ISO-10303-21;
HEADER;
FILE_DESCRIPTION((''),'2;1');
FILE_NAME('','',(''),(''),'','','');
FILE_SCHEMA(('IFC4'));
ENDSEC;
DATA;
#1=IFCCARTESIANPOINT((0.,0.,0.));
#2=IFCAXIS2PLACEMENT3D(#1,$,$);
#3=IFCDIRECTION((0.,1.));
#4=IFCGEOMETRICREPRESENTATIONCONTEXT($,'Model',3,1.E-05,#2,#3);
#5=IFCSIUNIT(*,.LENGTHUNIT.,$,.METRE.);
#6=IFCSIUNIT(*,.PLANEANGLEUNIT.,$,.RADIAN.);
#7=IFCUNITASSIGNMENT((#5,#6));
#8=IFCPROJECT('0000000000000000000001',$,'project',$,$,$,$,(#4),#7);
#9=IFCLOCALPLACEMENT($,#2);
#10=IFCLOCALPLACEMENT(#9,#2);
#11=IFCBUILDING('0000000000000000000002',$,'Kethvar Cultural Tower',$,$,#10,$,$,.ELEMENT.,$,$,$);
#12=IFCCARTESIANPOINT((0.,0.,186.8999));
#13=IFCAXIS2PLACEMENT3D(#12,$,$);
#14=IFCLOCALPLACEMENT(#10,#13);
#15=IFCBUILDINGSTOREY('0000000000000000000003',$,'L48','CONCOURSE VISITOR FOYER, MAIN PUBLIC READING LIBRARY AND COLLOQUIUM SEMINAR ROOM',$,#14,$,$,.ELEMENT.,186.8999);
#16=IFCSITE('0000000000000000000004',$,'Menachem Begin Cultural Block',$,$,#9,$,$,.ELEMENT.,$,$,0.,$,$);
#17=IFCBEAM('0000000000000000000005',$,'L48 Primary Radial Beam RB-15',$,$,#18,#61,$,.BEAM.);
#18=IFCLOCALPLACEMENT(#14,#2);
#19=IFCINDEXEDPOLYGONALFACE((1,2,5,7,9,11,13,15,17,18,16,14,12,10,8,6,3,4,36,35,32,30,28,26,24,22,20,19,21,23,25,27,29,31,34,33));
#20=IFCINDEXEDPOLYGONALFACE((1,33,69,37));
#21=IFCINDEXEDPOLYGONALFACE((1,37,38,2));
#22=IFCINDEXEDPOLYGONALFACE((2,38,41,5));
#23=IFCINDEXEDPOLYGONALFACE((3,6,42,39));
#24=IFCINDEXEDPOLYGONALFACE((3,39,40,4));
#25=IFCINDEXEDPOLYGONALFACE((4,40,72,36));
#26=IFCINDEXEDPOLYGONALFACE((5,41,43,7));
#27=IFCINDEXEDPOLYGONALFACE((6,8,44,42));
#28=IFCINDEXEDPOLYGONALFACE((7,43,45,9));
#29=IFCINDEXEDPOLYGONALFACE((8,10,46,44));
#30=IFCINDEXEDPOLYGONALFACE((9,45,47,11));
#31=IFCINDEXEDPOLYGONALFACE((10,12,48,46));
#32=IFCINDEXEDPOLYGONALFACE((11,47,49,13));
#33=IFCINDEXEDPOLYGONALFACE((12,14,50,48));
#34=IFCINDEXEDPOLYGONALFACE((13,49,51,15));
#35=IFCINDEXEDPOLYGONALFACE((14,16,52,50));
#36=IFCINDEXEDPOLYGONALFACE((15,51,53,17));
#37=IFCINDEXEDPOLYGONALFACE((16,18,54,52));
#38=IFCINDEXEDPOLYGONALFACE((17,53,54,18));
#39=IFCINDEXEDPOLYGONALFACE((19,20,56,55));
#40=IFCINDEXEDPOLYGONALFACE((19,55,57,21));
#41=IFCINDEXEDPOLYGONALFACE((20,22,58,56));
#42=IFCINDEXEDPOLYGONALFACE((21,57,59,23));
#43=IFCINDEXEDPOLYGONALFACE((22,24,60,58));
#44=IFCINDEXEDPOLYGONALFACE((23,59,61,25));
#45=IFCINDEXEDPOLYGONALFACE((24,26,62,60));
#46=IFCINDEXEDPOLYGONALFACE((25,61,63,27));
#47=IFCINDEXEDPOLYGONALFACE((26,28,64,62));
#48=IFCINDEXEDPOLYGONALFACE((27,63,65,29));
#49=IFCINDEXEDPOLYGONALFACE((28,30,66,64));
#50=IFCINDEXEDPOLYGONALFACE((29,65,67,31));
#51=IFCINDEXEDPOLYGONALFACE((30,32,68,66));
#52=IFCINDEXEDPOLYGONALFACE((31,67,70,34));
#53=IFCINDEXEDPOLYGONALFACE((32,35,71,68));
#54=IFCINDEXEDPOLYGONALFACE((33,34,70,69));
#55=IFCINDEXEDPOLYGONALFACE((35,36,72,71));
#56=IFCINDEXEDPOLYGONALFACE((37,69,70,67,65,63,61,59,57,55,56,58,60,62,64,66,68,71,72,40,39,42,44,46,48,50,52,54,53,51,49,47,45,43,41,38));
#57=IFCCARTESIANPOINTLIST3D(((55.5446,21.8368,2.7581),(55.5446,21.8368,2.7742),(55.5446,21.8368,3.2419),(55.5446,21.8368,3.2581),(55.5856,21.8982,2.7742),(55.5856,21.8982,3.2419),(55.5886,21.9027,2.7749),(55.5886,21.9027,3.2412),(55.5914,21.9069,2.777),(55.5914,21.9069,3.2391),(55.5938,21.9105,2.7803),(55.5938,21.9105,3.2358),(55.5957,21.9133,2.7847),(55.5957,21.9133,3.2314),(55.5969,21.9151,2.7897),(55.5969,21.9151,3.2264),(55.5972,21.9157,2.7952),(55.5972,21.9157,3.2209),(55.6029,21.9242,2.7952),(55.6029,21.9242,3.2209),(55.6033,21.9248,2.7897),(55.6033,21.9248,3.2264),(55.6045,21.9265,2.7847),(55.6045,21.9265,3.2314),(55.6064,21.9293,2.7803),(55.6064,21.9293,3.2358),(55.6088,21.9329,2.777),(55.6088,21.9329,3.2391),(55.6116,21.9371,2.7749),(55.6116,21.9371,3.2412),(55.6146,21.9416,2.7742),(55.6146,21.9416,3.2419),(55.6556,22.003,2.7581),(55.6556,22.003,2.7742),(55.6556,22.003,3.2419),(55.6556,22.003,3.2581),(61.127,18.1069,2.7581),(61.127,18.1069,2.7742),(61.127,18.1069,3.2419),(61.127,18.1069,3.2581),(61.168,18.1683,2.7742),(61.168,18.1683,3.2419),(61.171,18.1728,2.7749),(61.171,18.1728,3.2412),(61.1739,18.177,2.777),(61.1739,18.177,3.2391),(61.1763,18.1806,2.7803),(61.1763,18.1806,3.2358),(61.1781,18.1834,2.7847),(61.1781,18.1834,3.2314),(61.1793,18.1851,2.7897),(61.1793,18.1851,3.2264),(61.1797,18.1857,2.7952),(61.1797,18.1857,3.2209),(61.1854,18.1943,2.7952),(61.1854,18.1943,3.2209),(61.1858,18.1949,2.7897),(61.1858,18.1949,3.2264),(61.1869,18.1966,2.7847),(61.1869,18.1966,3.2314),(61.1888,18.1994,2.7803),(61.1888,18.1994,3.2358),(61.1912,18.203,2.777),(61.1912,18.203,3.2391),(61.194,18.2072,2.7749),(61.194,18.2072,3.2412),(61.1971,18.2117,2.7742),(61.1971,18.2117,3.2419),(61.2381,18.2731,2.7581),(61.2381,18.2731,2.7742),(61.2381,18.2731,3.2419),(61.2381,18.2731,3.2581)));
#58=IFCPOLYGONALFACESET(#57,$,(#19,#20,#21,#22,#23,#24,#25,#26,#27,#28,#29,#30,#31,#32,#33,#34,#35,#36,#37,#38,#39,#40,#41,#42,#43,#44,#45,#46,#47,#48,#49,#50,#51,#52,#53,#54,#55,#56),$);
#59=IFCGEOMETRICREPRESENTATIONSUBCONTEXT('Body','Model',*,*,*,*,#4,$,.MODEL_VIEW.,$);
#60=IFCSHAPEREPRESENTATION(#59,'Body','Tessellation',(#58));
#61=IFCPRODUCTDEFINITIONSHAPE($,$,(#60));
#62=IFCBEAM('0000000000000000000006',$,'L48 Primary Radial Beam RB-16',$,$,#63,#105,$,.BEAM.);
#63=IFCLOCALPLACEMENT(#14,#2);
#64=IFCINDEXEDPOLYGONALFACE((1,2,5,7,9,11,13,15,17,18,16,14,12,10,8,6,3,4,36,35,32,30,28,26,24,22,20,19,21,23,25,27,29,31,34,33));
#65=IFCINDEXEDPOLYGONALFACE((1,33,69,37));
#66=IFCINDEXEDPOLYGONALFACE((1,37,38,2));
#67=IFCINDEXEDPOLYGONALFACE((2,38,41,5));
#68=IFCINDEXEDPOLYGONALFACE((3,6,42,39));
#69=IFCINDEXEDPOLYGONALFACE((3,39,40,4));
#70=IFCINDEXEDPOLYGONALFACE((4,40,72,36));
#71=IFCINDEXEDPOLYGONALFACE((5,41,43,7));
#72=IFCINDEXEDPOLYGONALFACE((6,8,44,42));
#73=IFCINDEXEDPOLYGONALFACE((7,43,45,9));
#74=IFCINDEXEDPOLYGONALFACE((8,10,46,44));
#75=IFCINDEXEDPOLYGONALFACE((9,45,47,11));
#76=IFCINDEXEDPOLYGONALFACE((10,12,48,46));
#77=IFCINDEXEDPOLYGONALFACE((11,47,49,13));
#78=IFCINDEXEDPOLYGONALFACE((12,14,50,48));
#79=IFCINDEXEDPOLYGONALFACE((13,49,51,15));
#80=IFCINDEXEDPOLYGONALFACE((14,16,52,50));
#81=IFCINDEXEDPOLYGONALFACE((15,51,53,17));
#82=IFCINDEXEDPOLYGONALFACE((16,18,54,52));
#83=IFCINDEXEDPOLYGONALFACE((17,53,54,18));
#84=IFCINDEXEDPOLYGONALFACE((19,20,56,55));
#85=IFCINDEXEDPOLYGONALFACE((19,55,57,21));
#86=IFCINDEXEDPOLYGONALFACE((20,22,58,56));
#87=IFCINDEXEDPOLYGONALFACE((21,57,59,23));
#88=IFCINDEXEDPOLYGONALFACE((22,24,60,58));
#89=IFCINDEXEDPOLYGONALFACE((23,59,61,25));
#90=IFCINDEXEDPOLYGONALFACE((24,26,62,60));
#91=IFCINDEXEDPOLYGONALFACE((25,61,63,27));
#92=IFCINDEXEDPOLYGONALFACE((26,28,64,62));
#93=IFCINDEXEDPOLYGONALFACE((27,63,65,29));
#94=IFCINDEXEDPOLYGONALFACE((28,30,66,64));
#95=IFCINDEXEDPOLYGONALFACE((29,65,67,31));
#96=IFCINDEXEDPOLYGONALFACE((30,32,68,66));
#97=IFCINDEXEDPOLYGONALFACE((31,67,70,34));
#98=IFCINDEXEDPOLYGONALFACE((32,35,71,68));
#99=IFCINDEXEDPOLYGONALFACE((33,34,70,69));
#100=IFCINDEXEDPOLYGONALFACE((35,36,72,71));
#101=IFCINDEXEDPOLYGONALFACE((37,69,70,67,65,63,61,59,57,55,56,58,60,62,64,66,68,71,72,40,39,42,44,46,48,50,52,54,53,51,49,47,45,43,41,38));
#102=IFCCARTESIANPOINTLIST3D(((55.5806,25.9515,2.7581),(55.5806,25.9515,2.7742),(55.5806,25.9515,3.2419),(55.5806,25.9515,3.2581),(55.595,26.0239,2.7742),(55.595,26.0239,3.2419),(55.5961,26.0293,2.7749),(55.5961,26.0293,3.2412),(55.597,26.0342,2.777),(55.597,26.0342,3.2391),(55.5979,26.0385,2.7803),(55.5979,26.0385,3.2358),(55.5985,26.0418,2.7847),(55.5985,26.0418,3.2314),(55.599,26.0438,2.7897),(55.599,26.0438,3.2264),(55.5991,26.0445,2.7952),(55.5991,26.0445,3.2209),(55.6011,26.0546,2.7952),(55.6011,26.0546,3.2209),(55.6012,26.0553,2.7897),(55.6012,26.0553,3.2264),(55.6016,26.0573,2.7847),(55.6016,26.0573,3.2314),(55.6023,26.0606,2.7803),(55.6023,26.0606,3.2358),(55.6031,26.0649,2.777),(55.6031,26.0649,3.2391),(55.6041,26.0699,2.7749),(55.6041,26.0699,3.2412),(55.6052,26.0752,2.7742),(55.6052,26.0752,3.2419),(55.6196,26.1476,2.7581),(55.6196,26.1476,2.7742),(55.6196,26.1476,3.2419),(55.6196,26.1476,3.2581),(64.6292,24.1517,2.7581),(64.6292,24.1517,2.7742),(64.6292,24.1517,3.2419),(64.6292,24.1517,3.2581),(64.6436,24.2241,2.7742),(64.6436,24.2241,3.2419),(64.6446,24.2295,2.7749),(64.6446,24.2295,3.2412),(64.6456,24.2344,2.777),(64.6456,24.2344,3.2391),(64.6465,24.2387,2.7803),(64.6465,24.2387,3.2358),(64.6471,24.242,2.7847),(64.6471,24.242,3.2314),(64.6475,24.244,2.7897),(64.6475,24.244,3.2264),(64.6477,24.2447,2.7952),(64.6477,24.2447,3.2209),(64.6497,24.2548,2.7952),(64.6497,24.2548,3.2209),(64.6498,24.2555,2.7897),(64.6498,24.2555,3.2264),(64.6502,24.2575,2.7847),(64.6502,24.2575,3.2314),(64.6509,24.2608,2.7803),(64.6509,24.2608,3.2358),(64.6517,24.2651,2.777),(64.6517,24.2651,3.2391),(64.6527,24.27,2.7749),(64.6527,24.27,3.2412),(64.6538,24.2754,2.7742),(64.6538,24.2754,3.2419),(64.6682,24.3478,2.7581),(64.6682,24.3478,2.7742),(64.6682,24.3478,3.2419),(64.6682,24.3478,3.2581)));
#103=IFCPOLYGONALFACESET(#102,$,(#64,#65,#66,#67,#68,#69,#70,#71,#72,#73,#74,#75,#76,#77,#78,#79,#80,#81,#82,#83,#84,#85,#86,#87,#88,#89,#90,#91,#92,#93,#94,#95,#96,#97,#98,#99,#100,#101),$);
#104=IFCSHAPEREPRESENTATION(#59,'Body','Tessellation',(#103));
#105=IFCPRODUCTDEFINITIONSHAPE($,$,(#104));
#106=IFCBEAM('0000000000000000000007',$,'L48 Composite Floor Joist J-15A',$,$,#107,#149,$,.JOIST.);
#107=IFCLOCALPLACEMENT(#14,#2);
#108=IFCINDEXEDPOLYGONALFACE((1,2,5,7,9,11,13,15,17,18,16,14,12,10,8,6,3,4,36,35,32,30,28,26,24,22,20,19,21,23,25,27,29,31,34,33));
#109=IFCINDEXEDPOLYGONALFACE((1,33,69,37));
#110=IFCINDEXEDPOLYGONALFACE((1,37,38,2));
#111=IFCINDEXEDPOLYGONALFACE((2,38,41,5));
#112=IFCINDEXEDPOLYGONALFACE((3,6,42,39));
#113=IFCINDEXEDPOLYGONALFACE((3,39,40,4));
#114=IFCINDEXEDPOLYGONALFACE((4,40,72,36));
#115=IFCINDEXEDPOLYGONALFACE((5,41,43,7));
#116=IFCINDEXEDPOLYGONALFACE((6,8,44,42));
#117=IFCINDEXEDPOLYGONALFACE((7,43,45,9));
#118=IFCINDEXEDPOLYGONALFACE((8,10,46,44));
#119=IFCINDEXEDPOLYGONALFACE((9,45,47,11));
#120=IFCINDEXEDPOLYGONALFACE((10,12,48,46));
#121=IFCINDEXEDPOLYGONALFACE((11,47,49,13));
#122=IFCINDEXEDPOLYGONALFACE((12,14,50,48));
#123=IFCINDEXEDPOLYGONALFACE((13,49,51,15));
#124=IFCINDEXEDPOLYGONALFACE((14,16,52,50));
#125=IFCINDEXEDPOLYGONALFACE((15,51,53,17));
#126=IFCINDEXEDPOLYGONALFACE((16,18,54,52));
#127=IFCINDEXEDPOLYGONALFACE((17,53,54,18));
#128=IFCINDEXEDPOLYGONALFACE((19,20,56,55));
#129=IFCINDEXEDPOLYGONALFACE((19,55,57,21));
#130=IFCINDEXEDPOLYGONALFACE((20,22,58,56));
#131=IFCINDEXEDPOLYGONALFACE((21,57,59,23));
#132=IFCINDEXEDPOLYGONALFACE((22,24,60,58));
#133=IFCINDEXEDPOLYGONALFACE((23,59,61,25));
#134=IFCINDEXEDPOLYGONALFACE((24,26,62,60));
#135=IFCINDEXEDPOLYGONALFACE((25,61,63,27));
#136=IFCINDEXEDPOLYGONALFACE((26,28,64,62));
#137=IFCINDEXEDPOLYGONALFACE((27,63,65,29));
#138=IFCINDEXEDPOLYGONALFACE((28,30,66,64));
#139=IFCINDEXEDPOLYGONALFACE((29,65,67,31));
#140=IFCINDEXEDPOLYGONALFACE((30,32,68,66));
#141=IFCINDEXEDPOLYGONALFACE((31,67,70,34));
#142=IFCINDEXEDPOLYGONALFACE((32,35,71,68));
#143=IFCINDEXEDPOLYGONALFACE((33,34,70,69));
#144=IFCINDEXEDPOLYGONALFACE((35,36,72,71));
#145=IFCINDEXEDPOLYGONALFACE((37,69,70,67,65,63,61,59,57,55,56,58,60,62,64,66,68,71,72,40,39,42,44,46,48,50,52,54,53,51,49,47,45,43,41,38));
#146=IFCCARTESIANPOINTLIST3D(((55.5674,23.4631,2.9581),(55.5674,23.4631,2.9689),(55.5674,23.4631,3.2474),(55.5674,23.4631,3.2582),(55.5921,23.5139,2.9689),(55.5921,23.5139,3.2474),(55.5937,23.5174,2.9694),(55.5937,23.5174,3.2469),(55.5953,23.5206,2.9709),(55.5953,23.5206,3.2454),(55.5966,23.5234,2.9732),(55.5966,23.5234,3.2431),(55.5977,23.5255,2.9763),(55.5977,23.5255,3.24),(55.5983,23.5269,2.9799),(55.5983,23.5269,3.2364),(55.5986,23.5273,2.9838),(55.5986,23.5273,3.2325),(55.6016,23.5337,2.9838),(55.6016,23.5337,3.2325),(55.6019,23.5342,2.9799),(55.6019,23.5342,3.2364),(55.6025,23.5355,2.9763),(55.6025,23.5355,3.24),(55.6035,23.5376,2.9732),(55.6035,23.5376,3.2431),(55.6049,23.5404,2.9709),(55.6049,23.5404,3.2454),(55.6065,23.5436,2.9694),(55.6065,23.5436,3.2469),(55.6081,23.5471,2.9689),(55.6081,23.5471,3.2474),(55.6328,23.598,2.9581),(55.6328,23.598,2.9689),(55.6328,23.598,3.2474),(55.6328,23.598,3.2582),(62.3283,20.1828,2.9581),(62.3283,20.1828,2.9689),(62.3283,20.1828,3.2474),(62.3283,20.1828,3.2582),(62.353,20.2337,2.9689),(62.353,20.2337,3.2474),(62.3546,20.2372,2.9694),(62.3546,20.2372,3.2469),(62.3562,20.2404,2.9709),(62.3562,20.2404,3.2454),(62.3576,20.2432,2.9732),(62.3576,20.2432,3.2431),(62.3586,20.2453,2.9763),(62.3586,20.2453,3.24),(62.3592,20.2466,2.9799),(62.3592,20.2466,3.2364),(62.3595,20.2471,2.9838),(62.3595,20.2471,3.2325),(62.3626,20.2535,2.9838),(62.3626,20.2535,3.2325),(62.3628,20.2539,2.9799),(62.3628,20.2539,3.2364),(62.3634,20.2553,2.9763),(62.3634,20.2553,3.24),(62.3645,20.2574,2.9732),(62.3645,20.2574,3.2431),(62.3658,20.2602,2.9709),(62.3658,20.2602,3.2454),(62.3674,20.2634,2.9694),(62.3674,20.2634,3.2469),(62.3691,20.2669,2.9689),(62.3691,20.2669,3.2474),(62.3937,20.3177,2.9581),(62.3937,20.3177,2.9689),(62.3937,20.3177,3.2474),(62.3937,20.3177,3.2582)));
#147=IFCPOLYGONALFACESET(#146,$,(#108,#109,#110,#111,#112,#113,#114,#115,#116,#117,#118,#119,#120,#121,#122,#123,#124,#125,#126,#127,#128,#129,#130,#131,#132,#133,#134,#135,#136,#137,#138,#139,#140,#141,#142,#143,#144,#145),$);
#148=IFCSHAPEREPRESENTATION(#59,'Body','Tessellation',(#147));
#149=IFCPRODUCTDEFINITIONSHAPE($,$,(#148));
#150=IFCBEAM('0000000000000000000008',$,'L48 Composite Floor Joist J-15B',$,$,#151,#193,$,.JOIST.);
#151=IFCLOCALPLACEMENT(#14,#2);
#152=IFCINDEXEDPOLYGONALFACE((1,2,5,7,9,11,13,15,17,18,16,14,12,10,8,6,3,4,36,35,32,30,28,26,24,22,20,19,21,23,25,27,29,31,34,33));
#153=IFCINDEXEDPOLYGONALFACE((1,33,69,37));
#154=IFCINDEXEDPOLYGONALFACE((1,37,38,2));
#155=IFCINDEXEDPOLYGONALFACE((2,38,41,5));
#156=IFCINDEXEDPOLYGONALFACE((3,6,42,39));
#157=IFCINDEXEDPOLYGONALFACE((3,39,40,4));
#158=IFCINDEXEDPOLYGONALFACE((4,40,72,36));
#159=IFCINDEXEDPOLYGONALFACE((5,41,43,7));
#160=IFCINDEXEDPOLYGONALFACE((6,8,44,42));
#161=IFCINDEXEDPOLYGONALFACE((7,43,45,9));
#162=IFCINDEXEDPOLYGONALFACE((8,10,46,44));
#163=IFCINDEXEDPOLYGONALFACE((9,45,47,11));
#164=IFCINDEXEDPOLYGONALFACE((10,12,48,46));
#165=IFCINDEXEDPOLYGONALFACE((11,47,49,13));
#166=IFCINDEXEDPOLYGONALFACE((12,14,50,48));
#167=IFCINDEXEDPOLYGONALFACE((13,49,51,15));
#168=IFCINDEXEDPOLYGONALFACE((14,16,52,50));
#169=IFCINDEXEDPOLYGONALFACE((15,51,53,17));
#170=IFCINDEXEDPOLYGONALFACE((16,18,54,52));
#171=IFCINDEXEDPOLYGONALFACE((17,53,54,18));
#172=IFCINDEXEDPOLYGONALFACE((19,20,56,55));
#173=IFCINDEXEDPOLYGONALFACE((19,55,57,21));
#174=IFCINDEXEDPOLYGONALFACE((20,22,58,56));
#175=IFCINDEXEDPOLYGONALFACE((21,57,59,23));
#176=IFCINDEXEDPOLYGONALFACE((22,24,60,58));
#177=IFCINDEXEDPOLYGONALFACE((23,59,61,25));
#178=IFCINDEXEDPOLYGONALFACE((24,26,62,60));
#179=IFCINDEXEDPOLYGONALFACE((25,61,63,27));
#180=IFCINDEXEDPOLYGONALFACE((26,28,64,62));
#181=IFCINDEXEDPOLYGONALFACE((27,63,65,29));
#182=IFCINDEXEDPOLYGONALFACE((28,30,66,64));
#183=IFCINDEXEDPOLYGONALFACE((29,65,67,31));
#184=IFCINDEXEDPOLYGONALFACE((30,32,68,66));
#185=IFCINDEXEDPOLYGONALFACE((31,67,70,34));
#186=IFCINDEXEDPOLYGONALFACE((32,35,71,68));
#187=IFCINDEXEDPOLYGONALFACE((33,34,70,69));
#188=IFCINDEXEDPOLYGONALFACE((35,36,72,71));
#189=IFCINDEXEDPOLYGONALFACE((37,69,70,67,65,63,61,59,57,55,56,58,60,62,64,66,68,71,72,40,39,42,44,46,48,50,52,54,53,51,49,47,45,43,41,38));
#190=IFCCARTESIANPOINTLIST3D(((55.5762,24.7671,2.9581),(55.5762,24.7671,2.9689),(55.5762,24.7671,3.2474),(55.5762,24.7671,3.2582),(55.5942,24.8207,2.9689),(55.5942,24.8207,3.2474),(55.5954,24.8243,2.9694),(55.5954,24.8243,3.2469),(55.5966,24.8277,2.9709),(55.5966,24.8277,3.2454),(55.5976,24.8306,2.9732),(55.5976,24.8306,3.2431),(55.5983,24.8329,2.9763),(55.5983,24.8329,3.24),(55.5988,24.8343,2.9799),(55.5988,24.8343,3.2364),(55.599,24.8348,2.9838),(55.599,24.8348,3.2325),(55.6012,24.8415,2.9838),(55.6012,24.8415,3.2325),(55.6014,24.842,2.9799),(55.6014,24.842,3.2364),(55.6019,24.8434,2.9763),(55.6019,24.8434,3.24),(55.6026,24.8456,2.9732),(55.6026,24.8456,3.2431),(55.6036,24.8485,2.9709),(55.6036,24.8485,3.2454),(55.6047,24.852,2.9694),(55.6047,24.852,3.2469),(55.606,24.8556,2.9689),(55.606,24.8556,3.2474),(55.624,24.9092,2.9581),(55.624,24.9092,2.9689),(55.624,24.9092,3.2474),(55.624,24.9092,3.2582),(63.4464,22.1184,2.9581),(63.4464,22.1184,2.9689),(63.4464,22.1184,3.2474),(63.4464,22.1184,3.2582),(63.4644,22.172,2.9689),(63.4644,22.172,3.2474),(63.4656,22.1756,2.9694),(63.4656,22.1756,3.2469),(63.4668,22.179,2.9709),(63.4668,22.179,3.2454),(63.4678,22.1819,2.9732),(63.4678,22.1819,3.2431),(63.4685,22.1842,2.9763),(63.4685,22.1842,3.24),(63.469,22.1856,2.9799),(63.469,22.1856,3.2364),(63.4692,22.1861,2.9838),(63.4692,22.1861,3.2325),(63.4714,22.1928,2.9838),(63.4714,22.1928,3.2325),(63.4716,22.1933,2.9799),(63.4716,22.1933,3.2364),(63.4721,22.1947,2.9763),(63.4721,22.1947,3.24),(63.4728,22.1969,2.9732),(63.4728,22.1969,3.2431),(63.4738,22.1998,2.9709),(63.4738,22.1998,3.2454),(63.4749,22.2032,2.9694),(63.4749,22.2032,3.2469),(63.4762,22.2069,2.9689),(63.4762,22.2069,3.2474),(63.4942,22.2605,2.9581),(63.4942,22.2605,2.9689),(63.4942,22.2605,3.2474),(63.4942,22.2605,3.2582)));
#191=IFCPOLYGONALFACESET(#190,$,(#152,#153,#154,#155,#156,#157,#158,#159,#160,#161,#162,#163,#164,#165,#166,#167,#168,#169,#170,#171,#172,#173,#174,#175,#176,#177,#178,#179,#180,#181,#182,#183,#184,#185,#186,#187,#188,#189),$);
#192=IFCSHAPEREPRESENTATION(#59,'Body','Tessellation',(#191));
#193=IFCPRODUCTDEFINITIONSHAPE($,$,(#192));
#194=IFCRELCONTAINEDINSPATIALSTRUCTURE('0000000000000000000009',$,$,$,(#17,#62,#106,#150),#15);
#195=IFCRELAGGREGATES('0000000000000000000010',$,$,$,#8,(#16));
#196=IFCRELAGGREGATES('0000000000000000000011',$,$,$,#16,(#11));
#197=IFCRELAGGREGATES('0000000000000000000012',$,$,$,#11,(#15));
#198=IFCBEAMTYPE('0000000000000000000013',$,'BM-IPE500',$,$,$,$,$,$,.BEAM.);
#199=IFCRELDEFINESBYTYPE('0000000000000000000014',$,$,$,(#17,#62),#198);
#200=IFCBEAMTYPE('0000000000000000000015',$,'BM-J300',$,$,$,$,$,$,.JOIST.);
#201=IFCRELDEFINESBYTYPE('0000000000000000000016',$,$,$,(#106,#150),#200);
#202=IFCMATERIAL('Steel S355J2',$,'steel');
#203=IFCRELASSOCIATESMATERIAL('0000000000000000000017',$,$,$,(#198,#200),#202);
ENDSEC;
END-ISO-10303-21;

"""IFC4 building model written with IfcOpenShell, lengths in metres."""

from ifc_helpers import new_model, si_unit, direction, frame, origin, origin_2d, place, context, subcontext, project, spatial, i_section, extrude, source, transform, mapped, material, material_profile, profile_set, type_object, element, save


model = new_model("IFC4")

# Units and contexts
model_context = context("Model", 3, precision=1e-05, world=origin(), true_north=direction((0.0, 1.0)))
body_context = subcontext(model_context, "Body", "Model", "MODEL_VIEW")
ifc_project = project(units=[si_unit("LENGTHUNIT", "METRE"), si_unit("PLANEANGLEUNIT", "RADIAN")], contexts=[model_context])

# Site, building, storey
site_placement = place(None, origin())
site = spatial("IfcSite", under=ifc_project, at=site_placement, Name="Menachem Begin Cultural Block", CompositionType="ELEMENT", RefElevation=0.0)
building_placement = place(site_placement, origin())
building = spatial("IfcBuilding", under=site, at=building_placement, Name="Kethvar Cultural Tower", CompositionType="ELEMENT")
storey_placement = place(building_placement, frame((0.0, 0.0, 186.8999)))
storey = spatial("IfcBuildingStorey", under=building, at=storey_placement, Name="L48", Description="CONCOURSE VISITOR FOYER, MAIN PUBLIC READING LIBRARY AND COLLOQUIUM SEMINAR ROOM", CompositionType="ELEMENT", Elevation=186.8999)

# Beams
ifc_material_1 = material(Name="Steel S355J2", Category="steel")
ifc_material_profile_1 = material_profile(ifc_material_1, i_section(OverallWidth=0.2, OverallDepth=0.5, WebThickness=0.0103, FlangeThickness=0.0161, FilletRadius=0.021, at=origin_2d()), Name="Steel S355J2 — IPE500")
ifc_profile_set_1 = profile_set([ifc_material_profile_1], Name="Steel S355J2 — IPE500")
beam_type_1 = type_object("IfcBeamType", Name="BM-IPE500", PredefinedType="BEAM", material=ifc_profile_set_1)
shared_shape_1 = source(origin(), body_context, "Body", "SweptSolid", [
    extrude(i_section(OverallWidth=0.2, OverallDepth=0.5, WebThickness=0.0103, FlangeThickness=0.0161, FilletRadius=0.021, at=origin_2d()), origin(), (0.0, 0.0, 1.0), 6.7139),
])
beam_1_placement = place(storey_placement, frame((55.6001, 21.9199, 3.0081), z_axis=(0.831479, -0.555556, 0.0), x_axis=(0.555556, 0.831479, 0.0)))
element("IfcBeam", 1, at=beam_1_placement, inside=storey, type_object=beam_type_1, Name="L48 Primary Radial Beam RB-15", PredefinedType="BEAM", context=body_context, shape_type="MappedRepresentation", body=[
    mapped(shared_shape_1, transform((0.0, 0.0, 0.0), scale=1.0)),
])
shared_shape_2 = source(origin(), body_context, "Body", "SweptSolid", [
    extrude(i_section(OverallWidth=0.2, OverallDepth=0.5, WebThickness=0.0103, FlangeThickness=0.0161, FilletRadius=0.021, at=origin_2d()), origin(), (0.0, 0.0, 1.0), 9.2258),
])
beam_2_placement = place(storey_placement, frame((55.6001, 26.0496, 3.0081), z_axis=(0.980787, -0.195083, 0.0), x_axis=(0.195083, 0.980787, 0.0)))
element("IfcBeam", 2, at=beam_2_placement, inside=storey, type_object=beam_type_1, Name="L48 Primary Radial Beam RB-16", PredefinedType="BEAM", context=body_context, shape_type="MappedRepresentation", body=[
    mapped(shared_shape_2, transform((0.0, 0.0, 0.0), scale=1.0)),
])
ifc_material_profile_2 = material_profile(ifc_material_1, i_section(OverallWidth=0.1499, OverallDepth=0.3, WebThickness=0.0071, FlangeThickness=0.0107, FilletRadius=0.0149, at=origin_2d()), Name="Steel S355J2 — IPE300")
ifc_profile_set_2 = profile_set([ifc_material_profile_2], Name="Steel S355J2 — IPE300")
beam_type_2 = type_object("IfcBeamType", Name="BM-J300", PredefinedType="JOIST", material=ifc_profile_set_2)
shared_shape_3 = source(origin(), body_context, "Body", "SweptSolid", [
    extrude(i_section(OverallWidth=0.1499, OverallDepth=0.3, WebThickness=0.0071, FlangeThickness=0.0107, FilletRadius=0.0149, at=origin_2d()), origin(), (0.0, 0.0, 1.0), 7.5146),
])
beam_3_placement = place(storey_placement, frame((55.6001, 23.5305, 3.1082), z_axis=(0.899698, -0.436513, 0.0), x_axis=(0.436513, 0.899698, 0.0)))
element("IfcBeam", 3, at=beam_3_placement, inside=storey, type_object=beam_type_2, Name="L48 Composite Floor Joist J-15A", PredefinedType="JOIST", context=body_context, shape_type="MappedRepresentation", body=[
    mapped(shared_shape_3, transform((0.0, 0.0, 0.0), scale=1.0)),
])
shared_shape_4 = source(origin(), body_context, "Body", "SweptSolid", [
    extrude(i_section(OverallWidth=0.1499, OverallDepth=0.3, WebThickness=0.0071, FlangeThickness=0.0107, FilletRadius=0.0149, at=origin_2d()), origin(), (0.0, 0.0, 1.0), 8.304),
])
beam_4_placement = place(storey_placement, frame((55.6001, 24.8381, 3.1082), z_axis=(0.947765, -0.31897, 0.0), x_axis=(0.31897, 0.947765, 0.0)))
element("IfcBeam", 4, at=beam_4_placement, inside=storey, type_object=beam_type_2, Name="L48 Composite Floor Joist J-15B", PredefinedType="JOIST", context=body_context, shape_type="MappedRepresentation", body=[
    mapped(shared_shape_4, transform((0.0, 0.0, 0.0), scale=1.0)),
])

save(model, "model.ifc")
